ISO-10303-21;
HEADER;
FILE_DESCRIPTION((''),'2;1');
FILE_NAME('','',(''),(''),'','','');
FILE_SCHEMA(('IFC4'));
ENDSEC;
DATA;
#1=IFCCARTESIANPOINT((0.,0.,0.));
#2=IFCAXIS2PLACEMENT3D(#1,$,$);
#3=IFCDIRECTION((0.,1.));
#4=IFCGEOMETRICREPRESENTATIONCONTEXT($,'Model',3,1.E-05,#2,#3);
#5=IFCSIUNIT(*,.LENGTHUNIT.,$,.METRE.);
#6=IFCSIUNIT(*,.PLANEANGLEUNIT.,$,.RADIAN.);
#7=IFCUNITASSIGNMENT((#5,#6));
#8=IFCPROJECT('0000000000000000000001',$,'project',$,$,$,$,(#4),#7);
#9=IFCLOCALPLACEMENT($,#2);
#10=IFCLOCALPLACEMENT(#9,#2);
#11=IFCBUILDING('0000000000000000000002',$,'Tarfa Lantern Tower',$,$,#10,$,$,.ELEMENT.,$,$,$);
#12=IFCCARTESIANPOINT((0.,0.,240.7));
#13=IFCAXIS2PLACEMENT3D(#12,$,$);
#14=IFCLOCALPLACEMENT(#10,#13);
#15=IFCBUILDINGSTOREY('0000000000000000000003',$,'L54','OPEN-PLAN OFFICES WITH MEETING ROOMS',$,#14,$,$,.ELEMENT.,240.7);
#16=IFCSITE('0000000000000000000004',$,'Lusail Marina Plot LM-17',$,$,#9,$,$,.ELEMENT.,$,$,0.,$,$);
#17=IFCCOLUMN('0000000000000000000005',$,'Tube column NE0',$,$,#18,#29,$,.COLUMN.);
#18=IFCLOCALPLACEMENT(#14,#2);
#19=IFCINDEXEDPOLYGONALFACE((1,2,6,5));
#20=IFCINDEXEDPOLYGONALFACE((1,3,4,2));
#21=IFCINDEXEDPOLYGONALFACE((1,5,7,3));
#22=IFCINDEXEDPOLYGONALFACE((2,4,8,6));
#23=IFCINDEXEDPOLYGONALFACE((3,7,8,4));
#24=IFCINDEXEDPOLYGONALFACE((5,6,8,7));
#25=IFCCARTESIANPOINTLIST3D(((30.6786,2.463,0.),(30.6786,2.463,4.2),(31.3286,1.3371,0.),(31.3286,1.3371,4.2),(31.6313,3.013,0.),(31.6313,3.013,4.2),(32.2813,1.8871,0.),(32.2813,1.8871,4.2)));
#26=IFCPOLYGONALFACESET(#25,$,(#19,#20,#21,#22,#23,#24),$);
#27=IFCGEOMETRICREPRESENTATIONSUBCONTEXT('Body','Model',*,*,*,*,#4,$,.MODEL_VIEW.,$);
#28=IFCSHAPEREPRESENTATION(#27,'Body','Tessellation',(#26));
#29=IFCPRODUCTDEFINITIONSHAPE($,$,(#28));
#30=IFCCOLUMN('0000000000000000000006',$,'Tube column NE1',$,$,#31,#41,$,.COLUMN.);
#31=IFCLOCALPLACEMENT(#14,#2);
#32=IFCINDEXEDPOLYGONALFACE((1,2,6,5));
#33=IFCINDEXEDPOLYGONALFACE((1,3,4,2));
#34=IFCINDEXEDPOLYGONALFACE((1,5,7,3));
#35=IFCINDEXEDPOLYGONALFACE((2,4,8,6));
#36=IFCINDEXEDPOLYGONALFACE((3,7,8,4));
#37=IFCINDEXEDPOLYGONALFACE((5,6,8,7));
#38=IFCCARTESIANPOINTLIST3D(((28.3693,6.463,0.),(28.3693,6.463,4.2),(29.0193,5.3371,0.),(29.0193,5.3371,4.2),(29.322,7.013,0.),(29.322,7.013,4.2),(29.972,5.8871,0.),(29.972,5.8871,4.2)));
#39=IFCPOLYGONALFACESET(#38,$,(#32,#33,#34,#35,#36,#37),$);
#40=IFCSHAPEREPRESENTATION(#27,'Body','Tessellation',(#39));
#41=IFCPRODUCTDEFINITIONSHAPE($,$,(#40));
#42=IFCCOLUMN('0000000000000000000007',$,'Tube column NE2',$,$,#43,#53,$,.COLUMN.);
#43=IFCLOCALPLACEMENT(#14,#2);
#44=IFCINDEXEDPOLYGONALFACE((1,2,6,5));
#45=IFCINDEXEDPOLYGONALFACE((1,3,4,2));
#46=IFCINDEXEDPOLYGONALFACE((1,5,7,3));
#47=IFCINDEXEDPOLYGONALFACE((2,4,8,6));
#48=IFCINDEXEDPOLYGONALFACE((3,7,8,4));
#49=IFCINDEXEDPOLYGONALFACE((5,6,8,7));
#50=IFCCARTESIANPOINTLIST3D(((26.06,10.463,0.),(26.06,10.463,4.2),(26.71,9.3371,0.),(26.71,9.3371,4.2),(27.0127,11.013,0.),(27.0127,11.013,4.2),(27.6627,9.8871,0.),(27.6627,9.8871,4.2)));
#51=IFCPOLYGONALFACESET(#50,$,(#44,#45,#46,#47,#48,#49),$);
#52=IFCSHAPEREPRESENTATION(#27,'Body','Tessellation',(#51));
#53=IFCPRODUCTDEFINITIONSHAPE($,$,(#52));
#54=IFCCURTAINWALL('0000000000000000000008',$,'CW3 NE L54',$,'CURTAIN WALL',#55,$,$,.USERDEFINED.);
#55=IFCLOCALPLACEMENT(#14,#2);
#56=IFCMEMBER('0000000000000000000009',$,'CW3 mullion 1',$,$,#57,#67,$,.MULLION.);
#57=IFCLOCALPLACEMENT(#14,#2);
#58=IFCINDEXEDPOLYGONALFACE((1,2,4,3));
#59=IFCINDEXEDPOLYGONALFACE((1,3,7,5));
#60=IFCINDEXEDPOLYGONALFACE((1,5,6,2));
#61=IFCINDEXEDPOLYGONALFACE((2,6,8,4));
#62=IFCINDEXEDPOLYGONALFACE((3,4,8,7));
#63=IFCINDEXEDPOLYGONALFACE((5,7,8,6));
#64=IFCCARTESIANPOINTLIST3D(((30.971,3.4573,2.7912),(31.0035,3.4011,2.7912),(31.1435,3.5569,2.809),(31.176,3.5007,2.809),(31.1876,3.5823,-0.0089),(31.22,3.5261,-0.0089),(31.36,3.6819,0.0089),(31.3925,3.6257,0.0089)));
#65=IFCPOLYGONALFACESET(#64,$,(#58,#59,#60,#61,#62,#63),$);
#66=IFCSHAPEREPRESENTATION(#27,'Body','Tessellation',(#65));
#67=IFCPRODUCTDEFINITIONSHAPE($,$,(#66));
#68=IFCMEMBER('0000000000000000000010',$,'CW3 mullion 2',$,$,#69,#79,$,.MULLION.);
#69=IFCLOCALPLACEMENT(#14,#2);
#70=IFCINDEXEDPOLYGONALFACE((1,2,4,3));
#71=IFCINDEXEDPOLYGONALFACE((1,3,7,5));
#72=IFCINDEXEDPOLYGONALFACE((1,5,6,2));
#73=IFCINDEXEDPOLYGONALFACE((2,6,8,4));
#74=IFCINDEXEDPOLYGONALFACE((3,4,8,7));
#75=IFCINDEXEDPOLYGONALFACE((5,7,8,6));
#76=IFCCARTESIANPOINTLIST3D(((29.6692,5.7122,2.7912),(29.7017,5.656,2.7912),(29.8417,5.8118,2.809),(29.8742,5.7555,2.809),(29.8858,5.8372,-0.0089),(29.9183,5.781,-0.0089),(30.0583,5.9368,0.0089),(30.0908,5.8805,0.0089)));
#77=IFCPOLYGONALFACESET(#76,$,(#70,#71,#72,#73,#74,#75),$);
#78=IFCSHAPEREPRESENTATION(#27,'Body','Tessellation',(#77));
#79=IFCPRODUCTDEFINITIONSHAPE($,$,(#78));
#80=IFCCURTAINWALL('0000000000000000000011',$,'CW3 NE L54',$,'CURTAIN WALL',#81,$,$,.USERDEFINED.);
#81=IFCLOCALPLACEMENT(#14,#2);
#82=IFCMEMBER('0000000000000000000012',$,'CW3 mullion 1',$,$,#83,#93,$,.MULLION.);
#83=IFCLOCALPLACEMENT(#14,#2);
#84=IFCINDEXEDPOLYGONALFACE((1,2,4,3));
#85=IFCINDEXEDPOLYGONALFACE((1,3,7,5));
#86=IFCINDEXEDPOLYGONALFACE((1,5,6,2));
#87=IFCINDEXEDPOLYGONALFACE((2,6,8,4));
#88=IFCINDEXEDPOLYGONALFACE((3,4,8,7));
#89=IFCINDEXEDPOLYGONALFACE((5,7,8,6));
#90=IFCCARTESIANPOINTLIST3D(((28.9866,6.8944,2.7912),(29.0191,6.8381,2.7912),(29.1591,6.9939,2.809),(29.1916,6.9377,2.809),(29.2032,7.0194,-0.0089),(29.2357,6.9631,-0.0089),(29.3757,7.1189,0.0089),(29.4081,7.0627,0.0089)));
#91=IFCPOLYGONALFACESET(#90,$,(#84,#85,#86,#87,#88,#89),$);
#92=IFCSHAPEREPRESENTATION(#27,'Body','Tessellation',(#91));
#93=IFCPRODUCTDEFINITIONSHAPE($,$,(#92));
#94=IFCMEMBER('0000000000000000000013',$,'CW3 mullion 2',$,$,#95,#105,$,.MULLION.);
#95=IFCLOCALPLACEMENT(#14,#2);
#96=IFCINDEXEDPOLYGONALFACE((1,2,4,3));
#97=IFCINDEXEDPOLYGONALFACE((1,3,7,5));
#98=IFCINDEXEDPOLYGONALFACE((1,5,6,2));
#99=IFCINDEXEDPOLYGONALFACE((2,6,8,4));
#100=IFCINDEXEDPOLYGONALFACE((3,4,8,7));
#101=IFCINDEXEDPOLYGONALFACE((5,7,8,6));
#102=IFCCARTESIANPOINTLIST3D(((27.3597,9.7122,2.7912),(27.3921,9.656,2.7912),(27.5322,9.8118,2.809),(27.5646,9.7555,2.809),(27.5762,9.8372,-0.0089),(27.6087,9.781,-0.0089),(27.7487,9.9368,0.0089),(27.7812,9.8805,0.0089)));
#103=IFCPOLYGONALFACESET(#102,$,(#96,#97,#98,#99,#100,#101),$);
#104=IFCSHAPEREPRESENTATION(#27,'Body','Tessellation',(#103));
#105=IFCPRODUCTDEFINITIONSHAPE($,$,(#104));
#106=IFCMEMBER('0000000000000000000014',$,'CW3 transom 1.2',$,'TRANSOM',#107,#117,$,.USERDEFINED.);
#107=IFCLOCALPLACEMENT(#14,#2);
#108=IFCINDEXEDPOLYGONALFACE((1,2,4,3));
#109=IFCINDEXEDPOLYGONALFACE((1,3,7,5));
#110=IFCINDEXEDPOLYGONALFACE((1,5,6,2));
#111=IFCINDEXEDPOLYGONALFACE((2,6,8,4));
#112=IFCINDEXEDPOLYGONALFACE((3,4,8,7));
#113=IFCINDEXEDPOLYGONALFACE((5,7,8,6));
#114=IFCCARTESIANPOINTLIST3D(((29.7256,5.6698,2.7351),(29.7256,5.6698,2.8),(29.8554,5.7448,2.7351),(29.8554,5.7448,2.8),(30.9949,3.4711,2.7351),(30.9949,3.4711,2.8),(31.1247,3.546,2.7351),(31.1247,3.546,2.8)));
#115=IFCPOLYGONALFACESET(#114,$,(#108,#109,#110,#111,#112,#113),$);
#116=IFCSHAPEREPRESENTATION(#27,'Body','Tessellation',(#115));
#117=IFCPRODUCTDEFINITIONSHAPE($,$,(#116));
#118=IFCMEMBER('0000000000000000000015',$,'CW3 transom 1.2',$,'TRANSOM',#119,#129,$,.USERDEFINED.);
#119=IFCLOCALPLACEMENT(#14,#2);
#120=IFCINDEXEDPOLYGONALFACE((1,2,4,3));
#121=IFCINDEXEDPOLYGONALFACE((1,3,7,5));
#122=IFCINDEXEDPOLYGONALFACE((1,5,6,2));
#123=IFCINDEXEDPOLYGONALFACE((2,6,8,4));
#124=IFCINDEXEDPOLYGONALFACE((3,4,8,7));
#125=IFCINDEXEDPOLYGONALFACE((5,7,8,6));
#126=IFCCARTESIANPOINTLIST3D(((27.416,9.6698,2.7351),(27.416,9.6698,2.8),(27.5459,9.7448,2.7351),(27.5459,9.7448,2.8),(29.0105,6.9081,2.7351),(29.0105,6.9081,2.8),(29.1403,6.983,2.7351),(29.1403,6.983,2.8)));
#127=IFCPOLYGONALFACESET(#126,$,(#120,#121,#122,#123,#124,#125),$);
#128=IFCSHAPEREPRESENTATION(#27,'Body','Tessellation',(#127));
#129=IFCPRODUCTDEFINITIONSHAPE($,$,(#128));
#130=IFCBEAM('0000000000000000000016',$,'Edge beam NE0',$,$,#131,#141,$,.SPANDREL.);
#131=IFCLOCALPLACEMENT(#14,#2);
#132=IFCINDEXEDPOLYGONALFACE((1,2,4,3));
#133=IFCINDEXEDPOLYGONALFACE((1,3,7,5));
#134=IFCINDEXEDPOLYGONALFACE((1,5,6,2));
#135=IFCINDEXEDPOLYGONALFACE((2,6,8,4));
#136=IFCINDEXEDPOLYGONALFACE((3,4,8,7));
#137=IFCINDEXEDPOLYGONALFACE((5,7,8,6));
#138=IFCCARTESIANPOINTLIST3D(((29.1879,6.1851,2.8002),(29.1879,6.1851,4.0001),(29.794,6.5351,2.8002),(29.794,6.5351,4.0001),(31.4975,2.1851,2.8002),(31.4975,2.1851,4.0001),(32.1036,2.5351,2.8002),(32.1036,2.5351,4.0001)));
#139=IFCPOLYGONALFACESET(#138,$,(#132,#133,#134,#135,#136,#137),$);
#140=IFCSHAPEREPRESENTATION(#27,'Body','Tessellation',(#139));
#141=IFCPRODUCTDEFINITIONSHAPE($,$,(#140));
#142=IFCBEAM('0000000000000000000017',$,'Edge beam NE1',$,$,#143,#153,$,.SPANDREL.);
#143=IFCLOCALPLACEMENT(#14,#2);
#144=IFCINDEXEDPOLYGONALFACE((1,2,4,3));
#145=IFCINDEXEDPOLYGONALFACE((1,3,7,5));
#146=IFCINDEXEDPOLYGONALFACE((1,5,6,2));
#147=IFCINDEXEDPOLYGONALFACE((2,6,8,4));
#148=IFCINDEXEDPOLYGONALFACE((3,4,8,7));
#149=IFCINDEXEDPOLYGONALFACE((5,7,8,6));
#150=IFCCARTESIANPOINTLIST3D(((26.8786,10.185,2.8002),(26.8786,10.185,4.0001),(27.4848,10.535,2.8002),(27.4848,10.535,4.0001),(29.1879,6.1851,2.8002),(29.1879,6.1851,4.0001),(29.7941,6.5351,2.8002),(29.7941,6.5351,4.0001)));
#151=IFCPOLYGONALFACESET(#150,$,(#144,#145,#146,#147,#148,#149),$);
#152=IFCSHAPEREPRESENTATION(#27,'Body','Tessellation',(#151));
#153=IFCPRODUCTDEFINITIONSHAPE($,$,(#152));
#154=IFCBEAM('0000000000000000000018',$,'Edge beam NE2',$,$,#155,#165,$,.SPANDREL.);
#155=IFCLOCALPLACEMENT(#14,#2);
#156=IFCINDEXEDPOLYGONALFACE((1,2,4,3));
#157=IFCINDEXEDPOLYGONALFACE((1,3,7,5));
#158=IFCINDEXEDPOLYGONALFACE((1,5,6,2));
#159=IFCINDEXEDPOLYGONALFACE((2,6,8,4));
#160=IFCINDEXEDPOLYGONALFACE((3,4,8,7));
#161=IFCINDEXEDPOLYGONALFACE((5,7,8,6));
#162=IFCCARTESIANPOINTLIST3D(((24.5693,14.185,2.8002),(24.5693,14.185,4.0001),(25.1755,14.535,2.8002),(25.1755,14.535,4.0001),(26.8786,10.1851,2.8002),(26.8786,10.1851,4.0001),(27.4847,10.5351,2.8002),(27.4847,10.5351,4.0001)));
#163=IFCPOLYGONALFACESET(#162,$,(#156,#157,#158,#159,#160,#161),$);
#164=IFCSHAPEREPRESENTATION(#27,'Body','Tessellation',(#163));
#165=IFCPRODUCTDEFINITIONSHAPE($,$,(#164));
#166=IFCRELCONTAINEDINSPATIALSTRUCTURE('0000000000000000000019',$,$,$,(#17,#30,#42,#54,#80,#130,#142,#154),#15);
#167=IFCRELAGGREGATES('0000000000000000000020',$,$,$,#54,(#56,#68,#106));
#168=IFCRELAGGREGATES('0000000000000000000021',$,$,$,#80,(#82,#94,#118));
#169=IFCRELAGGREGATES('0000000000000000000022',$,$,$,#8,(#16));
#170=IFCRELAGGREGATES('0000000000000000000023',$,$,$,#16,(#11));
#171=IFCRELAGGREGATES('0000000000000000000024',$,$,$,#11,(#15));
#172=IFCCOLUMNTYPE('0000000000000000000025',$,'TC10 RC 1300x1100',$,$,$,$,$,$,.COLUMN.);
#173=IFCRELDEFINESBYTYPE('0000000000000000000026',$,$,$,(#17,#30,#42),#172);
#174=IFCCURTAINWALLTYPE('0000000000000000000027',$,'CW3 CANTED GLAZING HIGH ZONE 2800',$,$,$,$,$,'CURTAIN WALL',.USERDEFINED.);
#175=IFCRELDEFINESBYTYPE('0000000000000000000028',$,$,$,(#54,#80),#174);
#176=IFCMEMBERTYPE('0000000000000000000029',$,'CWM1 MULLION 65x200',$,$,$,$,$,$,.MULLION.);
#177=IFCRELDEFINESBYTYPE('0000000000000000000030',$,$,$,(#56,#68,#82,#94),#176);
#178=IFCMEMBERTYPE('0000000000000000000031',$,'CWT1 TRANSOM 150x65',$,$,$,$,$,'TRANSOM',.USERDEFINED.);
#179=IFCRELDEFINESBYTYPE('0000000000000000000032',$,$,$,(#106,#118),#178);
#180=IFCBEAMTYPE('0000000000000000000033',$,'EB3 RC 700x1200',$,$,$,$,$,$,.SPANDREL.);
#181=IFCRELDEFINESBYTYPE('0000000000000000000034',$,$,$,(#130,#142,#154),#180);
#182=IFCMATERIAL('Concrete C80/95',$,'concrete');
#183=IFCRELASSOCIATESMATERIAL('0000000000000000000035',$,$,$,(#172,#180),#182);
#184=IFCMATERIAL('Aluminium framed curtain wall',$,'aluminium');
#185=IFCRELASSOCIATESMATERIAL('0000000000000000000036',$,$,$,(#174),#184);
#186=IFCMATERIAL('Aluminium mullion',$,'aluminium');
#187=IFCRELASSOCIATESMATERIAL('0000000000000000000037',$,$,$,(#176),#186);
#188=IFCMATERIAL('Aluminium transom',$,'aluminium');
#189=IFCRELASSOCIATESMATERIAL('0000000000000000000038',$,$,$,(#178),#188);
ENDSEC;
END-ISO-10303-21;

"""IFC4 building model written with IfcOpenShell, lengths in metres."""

from ifc_helpers import new_model, si_unit, direction, frame, origin, origin_2d, place, context, subcontext, project, spatial, rectangle, extrude, material, material_profile, profile_set, type_object, element, aggregate, save


model = new_model("IFC4")

# Units and contexts
model_context = context("Model", 3, precision=1e-05, world=origin(), true_north=direction((0.0, 1.0)))
body_context = subcontext(model_context, "Body", "Model", "MODEL_VIEW")
ifc_project = project(units=[si_unit("LENGTHUNIT", "METRE"), si_unit("PLANEANGLEUNIT", "RADIAN")], contexts=[model_context])

# Site, building, storey
site_placement = place(None, origin())
site = spatial("IfcSite", under=ifc_project, at=site_placement, Name="Lusail Marina Plot LM-17", CompositionType="ELEMENT", RefElevation=0.0)
building_placement = place(site_placement, origin())
building = spatial("IfcBuilding", under=site, at=building_placement, Name="Tarfa Lantern Tower", CompositionType="ELEMENT")
storey_placement = place(building_placement, frame((0.0, 0.0, 240.7)))
storey = spatial("IfcBuildingStorey", under=building, at=storey_placement, Name="L54", Description="OPEN-PLAN OFFICES WITH MEETING ROOMS", CompositionType="ELEMENT", Elevation=240.7)

# Columns
ifc_material_1 = material(Name="Concrete C80/95", Category="concrete")
ifc_material_profile_1 = material_profile(ifc_material_1, rectangle(XDim=1.3, YDim=1.1001, at=origin_2d()), Name="RC 1300x1100")
ifc_profile_set_1 = profile_set([ifc_material_profile_1], Name="Concrete C80/95")
column_type = type_object("IfcColumnType", Name="TC10 RC 1300x1100", PredefinedType="COLUMN", material=ifc_profile_set_1)
for number, where, z_axis, x_axis, name in (
    (1, (31.48, 2.175, 0.0), (0.0, 0.0, 1.0), (-0.5, 0.866025, 0.0), "Tube column NE0"),
    (2, (29.1707, 6.175, 0.0), (0.0, 0.0, 1.0), (-0.5, 0.866025, 0.0), "Tube column NE1"),
    (3, (26.8613, 10.175, 0.0), (0.0, 0.0, 1.0), (-0.5, 0.866025, 0.0), "Tube column NE2"),
):
    element("IfcColumn", number, at=place(storey_placement, frame(where, z_axis=z_axis, x_axis=x_axis)), inside=storey, type_object=column_type, Name=name, PredefinedType="COLUMN", context=body_context, shape_type="SweptSolid", body=[
        extrude(rectangle(XDim=1.3, YDim=1.1001, at=origin_2d()), origin(), (0.0, 0.0, 1.0), 4.2),
    ])

# Curtain walls, members
ifc_material_2 = material(Name="Aluminium framed curtain wall", Category="aluminium")
curtain_wall_type = type_object("IfcCurtainWallType", Name="CW3 CANTED GLAZING HIGH ZONE 2800", ElementType="CURTAIN WALL", PredefinedType="USERDEFINED", material=ifc_material_2)
curtain_wall_1_placement = place(storey_placement, origin())
curtain_wall_1 = element("IfcCurtainWall", 4, at=curtain_wall_1_placement, inside=storey, type_object=curtain_wall_type, Name="CW3 NE L54", ObjectType="CURTAIN WALL", PredefinedType="USERDEFINED")
ifc_material_3 = material(Name="Aluminium mullion", Category="aluminium")
ifc_material_profile_2 = material_profile(ifc_material_3, rectangle(XDim=0.0649, YDim=0.2, at=origin_2d()), Name="AL MULLION 65x200")
ifc_profile_set_2 = profile_set([ifc_material_profile_2], Name="Aluminium mullion")
member_type_1 = type_object("IfcMemberType", Name="CWM1 MULLION 65x200", PredefinedType="MULLION", material=ifc_profile_set_2)
member_1_placement = place(storey_placement, frame((31.29, 3.604, 0.0), z_axis=(-0.077032, -0.044465, 0.996037), x_axis=(0.49992, -0.866072, 0.0)))
member_1 = element("IfcMember", 5, at=member_1_placement, type_object=member_type_1, Name="CW3 mullion 1", PredefinedType="MULLION", context=body_context, shape_type="SweptSolid", body=[
    extrude(rectangle(XDim=0.0649, YDim=0.2, at=origin_2d()), origin(), (0.0, 0.0, 1.0), 2.8113),
])
member_2_placement = place(storey_placement, frame((29.9883, 5.8589, 0.0), z_axis=(-0.077032, -0.044465, 0.996037), x_axis=(0.49992, -0.866072, 0.0)))
member_2 = element("IfcMember", 6, at=member_2_placement, type_object=member_type_1, Name="CW3 mullion 2", PredefinedType="MULLION", context=body_context, shape_type="SweptSolid", body=[
    extrude(rectangle(XDim=0.0649, YDim=0.2, at=origin_2d()), origin(), (0.0, 0.0, 1.0), 2.8113),
])
curtain_wall_2_placement = place(storey_placement, origin())
curtain_wall_2 = element("IfcCurtainWall", 7, at=curtain_wall_2_placement, inside=storey, type_object=curtain_wall_type, Name="CW3 NE L54", ObjectType="CURTAIN WALL", PredefinedType="USERDEFINED")
member_3_placement = place(storey_placement, frame((29.3057, 7.041, 0.0), z_axis=(-0.077032, -0.044465, 0.996037), x_axis=(0.49992, -0.866072, 0.0)))
member_3 = element("IfcMember", 8, at=member_3_placement, type_object=member_type_1, Name="CW3 mullion 1", PredefinedType="MULLION", context=body_context, shape_type="SweptSolid", body=[
    extrude(rectangle(XDim=0.0649, YDim=0.2, at=origin_2d()), origin(), (0.0, 0.0, 1.0), 2.8113),
])
member_4_placement = place(storey_placement, frame((27.6787, 9.8589, 0.0), z_axis=(-0.077032, -0.044465, 0.996037), x_axis=(0.49992, -0.866072, 0.0)))
member_4 = element("IfcMember", 9, at=member_4_placement, type_object=member_type_1, Name="CW3 mullion 2", PredefinedType="MULLION", context=body_context, shape_type="SweptSolid", body=[
    extrude(rectangle(XDim=0.0649, YDim=0.2, at=origin_2d()), origin(), (0.0, 0.0, 1.0), 2.8113),
])

# Members
ifc_material_4 = material(Name="Aluminium transom", Category="aluminium")
ifc_material_profile_3 = material_profile(ifc_material_4, rectangle(XDim=0.1499, YDim=0.0649, at=origin_2d()), Name="AL TRANSOM 150x65")
ifc_profile_set_3 = profile_set([ifc_material_profile_3], Name="Aluminium transom")
member_type_2 = type_object("IfcMemberType", Name="CWT1 TRANSOM 150x65", ElementType="TRANSOM", PredefinedType="USERDEFINED", material=ifc_profile_set_3)
member_5_placement = place(storey_placement, frame((31.0598, 3.5085, 2.7676), z_axis=(-0.499956, 0.866051, 0.0), x_axis=(-0.866051, -0.499956, 0.0)))
member_5 = element("IfcMember", 10, at=member_5_placement, type_object=member_type_2, Name="CW3 transom 1.2", ObjectType="TRANSOM", PredefinedType="USERDEFINED", context=body_context, shape_type="SweptSolid", body=[
    extrude(rectangle(XDim=0.1499, YDim=0.0649, at=origin_2d()), origin(), (0.0, 0.0, 1.0), 2.5388),
])
member_6_placement = place(storey_placement, frame((29.0754, 6.9456, 2.7676), z_axis=(-0.500001, 0.866025, 0.0), x_axis=(-0.866025, -0.500001, 0.0)))
member_6 = element("IfcMember", 11, at=member_6_placement, type_object=member_type_2, Name="CW3 transom 1.2", ObjectType="TRANSOM", PredefinedType="USERDEFINED", context=body_context, shape_type="SweptSolid", body=[
    extrude(rectangle(XDim=0.1499, YDim=0.0649, at=origin_2d()), origin(), (0.0, 0.0, 1.0), 3.189),
])

# Beams
ifc_material_profile_4 = material_profile(ifc_material_1, rectangle(XDim=0.7, YDim=1.2, at=origin_2d()), Name="RC 700x1200")
ifc_profile_set_4 = profile_set([ifc_material_profile_4], Name="Concrete C80/95")
beam_type_1 = type_object("IfcBeamType", Name="EB3 RC 700x1200", PredefinedType="SPANDREL", material=ifc_profile_set_4)
beam_1_placement = place(storey_placement, frame((31.8005, 2.3601, 3.4001), z_axis=(-0.500027, 0.86601, 0.0), x_axis=(-0.86601, -0.500027, 0.0)))
element("IfcBeam", 12, at=beam_1_placement, inside=storey, type_object=beam_type_1, Name="Edge beam NE0", PredefinedType="SPANDREL", context=body_context, shape_type="SweptSolid", body=[
    extrude(rectangle(XDim=0.7, YDim=1.2, at=origin_2d()), origin(), (0.0, 0.0, 1.0), 4.6189),
])
for number, where, z_axis, x_axis, name in (
    (13, (29.491, 6.3601, 3.4001), (-0.499988, 0.866032, 0.0), (-0.866032, -0.499988, 0.0), "Edge beam NE1"),
    (14, (27.1816, 10.3601, 3.4001), (-0.499988, 0.866032, 0.0), (-0.866032, -0.499988, 0.0), "Edge beam NE2"),
):
    element("IfcBeam", number, at=place(storey_placement, frame(where, z_axis=z_axis, x_axis=x_axis)), inside=storey, type_object=beam_type_1, Name=name, PredefinedType="SPANDREL", context=body_context, shape_type="SweptSolid", body=[
        extrude(rectangle(XDim=0.7, YDim=1.2, at=origin_2d()), origin(), (0.0, 0.0, 1.0), 4.6187),
    ])

aggregate(curtain_wall_1, [member_1, member_2, member_5])
aggregate(curtain_wall_2, [member_3, member_4, member_6])

save(model, "model.ifc")
